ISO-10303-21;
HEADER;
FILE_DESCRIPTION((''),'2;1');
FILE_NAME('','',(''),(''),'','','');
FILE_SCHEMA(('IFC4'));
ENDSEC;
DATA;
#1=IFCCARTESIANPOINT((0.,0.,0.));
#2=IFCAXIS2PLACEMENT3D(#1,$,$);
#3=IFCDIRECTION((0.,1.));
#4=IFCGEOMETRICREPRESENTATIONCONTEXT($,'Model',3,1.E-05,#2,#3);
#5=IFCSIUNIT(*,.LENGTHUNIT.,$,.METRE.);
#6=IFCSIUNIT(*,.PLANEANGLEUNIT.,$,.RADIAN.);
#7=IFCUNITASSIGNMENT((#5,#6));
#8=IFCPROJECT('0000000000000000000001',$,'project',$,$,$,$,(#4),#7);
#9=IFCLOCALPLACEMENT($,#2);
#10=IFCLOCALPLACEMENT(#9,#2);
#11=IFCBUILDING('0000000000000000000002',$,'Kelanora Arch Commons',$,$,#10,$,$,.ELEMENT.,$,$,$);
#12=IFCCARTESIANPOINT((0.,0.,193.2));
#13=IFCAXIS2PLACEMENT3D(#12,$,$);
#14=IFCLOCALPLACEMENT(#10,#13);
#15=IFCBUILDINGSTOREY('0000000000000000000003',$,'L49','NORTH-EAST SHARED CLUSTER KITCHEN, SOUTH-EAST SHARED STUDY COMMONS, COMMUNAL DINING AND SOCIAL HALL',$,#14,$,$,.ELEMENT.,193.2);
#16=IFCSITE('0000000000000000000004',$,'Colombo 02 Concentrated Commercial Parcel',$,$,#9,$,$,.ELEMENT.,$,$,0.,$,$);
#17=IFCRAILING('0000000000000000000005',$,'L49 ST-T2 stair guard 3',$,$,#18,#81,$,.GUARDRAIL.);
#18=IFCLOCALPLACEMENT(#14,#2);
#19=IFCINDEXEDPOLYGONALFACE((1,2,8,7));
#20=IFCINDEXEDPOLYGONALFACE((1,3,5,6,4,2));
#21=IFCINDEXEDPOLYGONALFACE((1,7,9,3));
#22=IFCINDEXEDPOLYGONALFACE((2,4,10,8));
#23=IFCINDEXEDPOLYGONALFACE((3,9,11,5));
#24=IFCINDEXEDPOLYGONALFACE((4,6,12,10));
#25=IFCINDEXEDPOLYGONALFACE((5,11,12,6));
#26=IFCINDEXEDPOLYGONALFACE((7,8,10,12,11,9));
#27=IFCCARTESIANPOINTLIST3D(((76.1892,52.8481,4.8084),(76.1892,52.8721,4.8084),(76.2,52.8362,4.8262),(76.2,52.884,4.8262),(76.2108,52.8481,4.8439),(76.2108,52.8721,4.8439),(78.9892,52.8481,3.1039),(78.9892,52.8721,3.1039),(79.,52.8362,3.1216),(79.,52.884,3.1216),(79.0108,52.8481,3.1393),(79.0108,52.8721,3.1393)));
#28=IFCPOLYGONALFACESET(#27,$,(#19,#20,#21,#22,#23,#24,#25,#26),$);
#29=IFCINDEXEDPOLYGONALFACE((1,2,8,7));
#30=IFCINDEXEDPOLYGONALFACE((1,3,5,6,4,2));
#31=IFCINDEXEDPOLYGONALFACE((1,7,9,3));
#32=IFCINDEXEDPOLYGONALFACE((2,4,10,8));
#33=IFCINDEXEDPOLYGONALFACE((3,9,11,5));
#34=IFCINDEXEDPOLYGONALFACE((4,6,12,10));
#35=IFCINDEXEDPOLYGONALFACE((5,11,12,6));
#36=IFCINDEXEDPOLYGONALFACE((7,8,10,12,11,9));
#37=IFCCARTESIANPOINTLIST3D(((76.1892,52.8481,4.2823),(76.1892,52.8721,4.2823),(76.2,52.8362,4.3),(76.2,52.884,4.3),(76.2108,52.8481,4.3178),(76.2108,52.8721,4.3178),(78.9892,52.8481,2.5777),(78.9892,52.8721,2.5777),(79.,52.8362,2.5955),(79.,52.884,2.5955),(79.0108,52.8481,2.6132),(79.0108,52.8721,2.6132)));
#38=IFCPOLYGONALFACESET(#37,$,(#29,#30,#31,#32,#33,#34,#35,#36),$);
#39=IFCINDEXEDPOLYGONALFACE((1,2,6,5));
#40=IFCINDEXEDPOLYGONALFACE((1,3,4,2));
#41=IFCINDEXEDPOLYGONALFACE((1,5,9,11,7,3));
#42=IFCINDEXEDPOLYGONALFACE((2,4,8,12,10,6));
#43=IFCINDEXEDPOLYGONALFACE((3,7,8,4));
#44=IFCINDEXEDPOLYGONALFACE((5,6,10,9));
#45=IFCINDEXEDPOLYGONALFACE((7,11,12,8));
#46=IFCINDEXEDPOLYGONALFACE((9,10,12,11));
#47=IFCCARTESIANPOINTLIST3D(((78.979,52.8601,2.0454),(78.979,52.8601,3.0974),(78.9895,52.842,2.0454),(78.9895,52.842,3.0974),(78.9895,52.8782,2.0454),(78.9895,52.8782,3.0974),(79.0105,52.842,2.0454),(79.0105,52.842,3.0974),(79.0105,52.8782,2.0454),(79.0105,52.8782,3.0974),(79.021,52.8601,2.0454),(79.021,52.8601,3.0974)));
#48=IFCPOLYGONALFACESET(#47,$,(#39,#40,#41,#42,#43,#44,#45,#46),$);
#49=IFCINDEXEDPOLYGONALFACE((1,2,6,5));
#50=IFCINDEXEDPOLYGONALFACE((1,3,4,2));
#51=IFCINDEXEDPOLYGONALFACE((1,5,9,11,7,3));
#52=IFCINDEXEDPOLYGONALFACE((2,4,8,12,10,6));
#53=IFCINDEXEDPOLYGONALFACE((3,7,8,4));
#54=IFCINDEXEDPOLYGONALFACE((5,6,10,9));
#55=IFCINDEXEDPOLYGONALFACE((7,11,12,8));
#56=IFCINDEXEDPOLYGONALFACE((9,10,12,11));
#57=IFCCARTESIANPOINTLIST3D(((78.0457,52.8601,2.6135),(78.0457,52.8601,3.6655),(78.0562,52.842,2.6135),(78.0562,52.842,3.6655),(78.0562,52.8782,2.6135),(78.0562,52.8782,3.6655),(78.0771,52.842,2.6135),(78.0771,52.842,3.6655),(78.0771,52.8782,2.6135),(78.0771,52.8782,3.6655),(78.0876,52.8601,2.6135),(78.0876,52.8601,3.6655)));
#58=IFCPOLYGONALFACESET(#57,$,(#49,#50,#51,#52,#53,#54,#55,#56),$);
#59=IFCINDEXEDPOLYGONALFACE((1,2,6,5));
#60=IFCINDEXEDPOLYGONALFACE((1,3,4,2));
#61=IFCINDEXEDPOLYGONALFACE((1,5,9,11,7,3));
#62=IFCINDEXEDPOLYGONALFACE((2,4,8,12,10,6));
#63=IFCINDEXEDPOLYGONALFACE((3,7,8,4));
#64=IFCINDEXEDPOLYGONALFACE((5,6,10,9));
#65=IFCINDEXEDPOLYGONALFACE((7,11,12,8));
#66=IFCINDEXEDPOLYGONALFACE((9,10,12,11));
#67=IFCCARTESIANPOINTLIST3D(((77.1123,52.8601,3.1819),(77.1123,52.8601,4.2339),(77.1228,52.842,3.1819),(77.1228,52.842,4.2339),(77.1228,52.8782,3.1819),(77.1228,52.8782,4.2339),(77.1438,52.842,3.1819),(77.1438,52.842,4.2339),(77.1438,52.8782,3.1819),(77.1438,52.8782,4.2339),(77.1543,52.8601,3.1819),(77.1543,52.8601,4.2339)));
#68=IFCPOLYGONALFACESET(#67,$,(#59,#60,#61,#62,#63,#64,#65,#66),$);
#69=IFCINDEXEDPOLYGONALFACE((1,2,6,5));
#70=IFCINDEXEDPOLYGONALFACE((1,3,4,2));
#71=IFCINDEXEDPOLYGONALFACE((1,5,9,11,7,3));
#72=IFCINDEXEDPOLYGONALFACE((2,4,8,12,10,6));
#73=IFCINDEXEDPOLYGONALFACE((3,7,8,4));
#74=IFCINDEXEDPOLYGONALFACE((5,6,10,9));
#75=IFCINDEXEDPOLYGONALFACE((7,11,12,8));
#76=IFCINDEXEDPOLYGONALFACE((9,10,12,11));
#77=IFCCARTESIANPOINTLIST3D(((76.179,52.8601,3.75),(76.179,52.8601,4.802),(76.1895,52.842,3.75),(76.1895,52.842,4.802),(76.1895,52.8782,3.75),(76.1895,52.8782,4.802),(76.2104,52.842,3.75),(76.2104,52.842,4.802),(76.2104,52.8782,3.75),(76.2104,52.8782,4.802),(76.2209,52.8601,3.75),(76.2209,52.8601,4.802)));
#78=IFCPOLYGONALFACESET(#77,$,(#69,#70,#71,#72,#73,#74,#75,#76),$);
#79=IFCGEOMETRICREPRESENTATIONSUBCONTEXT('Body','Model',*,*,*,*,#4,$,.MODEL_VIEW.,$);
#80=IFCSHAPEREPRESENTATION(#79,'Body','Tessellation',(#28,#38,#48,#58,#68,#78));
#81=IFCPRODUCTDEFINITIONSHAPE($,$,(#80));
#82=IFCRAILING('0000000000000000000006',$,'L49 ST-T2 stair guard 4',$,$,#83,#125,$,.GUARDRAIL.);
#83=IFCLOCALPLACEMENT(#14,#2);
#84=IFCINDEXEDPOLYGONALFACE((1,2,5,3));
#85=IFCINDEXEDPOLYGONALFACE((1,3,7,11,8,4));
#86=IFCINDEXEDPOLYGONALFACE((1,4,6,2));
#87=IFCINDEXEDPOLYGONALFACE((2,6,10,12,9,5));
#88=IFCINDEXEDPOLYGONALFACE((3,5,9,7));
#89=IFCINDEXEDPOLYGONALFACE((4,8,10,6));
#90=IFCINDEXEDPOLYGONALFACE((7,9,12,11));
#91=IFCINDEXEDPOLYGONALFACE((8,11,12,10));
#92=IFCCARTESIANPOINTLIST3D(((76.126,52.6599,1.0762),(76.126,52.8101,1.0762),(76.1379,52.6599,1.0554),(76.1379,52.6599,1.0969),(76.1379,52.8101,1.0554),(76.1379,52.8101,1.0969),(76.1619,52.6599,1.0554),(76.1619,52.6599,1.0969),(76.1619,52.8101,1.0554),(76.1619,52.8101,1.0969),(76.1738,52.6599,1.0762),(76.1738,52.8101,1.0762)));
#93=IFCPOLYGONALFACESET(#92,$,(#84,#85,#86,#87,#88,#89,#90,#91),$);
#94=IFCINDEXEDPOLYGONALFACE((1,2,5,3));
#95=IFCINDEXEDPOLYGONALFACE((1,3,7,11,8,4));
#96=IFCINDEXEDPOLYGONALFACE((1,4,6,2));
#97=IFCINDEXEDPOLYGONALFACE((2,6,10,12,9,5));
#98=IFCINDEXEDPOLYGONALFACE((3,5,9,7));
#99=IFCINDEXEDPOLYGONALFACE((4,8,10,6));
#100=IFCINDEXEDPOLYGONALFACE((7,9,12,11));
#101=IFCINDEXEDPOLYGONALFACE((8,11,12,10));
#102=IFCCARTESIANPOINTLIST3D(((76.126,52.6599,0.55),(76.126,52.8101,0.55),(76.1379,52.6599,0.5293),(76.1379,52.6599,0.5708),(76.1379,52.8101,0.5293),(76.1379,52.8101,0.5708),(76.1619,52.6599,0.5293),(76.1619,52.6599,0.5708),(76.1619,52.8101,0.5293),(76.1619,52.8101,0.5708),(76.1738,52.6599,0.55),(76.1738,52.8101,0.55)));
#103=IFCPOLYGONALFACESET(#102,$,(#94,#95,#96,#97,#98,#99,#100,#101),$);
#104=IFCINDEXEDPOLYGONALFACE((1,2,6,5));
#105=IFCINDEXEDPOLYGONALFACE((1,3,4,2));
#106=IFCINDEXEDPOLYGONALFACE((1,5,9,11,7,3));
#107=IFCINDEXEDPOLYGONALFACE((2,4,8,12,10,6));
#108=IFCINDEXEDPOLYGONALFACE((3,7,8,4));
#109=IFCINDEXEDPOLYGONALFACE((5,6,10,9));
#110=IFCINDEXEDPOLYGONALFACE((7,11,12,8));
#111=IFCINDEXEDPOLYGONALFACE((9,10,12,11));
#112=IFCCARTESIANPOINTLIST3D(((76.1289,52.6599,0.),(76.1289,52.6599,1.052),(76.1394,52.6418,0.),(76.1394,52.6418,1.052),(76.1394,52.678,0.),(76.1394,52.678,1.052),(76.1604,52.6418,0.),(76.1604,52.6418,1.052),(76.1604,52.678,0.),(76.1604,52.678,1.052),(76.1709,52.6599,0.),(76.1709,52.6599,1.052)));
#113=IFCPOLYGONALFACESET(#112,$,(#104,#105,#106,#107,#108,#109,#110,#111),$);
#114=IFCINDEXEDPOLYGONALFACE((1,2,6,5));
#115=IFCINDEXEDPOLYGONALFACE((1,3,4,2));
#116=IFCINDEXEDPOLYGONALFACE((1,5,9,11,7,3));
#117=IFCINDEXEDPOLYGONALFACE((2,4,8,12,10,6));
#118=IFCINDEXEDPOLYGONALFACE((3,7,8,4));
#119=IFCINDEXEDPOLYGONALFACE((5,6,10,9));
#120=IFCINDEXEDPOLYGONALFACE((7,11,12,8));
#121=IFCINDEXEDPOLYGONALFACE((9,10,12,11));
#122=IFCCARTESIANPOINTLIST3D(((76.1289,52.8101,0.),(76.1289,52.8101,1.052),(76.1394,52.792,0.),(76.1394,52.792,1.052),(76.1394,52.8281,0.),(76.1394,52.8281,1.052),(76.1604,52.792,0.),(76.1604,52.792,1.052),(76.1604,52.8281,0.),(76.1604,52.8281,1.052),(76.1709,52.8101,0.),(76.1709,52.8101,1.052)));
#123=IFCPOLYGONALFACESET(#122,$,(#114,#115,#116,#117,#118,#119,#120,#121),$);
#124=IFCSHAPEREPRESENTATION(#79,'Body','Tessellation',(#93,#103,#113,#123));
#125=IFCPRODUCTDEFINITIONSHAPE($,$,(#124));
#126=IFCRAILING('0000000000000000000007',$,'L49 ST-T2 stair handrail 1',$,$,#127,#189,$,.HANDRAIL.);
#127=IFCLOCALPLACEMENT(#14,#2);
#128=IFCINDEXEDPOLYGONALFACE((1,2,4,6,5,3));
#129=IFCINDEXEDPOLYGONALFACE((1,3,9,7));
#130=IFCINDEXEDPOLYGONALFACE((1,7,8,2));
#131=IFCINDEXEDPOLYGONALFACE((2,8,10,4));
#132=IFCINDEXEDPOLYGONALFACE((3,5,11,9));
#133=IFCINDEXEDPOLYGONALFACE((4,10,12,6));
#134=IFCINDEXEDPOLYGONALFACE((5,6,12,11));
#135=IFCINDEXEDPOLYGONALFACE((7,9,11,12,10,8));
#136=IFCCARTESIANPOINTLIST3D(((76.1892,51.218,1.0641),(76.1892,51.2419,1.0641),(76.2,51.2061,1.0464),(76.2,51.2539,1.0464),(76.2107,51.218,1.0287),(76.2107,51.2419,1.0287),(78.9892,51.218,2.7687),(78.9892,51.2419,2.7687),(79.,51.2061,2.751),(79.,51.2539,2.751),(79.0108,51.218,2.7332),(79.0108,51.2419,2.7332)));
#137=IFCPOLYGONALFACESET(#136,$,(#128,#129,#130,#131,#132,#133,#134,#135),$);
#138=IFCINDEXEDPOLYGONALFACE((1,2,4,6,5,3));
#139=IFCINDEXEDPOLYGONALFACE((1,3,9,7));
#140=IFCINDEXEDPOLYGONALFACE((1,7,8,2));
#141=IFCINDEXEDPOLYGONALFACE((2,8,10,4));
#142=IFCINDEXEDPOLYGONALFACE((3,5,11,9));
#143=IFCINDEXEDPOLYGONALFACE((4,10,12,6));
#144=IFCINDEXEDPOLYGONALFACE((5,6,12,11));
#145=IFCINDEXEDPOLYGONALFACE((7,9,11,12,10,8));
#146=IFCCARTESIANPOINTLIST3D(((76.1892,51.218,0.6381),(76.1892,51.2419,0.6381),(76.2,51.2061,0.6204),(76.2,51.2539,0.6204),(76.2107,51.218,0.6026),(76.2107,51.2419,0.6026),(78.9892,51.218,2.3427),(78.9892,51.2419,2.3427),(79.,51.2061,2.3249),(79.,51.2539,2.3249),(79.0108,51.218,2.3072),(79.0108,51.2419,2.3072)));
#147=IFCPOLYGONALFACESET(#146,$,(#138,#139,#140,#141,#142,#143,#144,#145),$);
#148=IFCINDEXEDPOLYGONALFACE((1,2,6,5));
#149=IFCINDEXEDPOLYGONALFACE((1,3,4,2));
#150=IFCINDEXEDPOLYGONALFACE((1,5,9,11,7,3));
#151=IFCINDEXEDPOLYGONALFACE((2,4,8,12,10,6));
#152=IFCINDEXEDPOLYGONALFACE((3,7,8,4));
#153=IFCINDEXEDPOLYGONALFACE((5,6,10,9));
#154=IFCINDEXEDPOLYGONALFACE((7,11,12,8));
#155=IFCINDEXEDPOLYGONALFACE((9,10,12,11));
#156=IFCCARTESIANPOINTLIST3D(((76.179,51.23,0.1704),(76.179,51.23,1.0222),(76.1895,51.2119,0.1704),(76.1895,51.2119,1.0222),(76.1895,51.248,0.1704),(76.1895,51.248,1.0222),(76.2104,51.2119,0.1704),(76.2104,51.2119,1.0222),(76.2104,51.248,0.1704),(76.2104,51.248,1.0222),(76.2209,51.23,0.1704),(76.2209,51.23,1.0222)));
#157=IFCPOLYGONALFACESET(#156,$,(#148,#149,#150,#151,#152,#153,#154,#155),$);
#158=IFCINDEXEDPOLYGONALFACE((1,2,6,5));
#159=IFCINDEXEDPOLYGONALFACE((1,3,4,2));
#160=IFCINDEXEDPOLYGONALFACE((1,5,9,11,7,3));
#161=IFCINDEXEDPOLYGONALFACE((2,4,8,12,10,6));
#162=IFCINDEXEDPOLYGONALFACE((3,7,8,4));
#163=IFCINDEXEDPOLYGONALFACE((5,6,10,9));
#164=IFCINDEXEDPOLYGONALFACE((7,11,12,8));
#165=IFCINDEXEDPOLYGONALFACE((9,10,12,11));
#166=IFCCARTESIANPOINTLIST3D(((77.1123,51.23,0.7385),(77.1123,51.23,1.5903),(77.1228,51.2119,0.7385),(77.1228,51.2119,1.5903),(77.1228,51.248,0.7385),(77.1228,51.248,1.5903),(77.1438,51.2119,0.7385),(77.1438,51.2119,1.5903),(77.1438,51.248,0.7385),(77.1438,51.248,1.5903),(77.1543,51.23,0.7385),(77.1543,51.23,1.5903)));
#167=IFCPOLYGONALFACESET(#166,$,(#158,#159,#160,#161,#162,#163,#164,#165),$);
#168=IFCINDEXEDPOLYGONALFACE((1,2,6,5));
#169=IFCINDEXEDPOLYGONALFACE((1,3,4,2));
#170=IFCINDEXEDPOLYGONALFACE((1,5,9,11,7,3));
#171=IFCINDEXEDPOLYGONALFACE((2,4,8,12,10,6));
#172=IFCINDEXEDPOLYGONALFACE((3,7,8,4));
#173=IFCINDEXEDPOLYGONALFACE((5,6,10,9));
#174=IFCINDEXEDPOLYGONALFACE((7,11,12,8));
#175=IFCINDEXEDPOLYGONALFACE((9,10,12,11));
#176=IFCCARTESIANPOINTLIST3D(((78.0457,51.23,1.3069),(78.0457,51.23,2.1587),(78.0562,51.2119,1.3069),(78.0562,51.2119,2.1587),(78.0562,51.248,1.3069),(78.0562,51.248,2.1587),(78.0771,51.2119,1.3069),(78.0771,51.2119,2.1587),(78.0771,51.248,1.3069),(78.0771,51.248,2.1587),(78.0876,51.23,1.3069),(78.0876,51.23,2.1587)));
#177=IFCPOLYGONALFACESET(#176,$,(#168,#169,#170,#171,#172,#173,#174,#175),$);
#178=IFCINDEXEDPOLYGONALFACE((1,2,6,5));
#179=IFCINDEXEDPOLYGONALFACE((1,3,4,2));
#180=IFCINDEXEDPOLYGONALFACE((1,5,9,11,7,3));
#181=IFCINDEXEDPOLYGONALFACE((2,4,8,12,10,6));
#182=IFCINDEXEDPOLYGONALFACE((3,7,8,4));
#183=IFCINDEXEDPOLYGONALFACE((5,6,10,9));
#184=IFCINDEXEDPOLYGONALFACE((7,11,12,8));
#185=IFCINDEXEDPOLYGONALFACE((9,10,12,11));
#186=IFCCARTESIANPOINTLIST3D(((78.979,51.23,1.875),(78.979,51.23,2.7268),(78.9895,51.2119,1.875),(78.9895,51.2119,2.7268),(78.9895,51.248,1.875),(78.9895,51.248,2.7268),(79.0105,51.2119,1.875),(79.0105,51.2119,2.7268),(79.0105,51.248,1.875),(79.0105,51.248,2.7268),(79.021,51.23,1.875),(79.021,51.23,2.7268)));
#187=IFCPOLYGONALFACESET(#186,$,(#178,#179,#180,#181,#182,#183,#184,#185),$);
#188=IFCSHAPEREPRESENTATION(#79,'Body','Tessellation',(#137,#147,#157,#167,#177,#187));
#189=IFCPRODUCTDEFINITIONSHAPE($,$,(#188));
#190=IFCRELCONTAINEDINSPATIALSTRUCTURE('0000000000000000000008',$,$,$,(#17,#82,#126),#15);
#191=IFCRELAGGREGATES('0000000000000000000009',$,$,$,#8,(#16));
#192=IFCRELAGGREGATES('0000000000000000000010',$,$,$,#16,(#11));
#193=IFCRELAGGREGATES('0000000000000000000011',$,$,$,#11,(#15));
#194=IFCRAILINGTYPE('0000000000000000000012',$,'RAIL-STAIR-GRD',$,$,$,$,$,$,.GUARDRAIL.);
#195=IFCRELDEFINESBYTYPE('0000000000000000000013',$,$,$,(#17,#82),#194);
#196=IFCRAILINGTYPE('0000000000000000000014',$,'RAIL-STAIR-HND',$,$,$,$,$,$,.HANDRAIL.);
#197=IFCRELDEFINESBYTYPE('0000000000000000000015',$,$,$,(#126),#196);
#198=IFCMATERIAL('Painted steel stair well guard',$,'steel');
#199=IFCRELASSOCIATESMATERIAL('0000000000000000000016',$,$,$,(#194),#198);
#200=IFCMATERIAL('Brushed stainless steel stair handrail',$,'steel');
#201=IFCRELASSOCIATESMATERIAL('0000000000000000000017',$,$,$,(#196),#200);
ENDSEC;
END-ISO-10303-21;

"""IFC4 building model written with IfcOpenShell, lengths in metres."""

from ifc_helpers import new_model, si_unit, direction, frame, origin, place, context, subcontext, project, spatial, polyline, outline, extrude, material, type_object, element, save


model = new_model("IFC4")

# Units and contexts
model_context = context("Model", 3, precision=1e-05, world=origin(), true_north=direction((0.0, 1.0)))
body_context = subcontext(model_context, "Body", "Model", "MODEL_VIEW")
ifc_project = project(units=[si_unit("LENGTHUNIT", "METRE"), si_unit("PLANEANGLEUNIT", "RADIAN")], contexts=[model_context])

# Site, building, storey
site_placement = place(None, origin())
site = spatial("IfcSite", under=ifc_project, at=site_placement, Name="Colombo 02 Concentrated Commercial Parcel", CompositionType="ELEMENT", RefElevation=0.0)
building_placement = place(site_placement, origin())
building = spatial("IfcBuilding", under=site, at=building_placement, Name="Kelanora Arch Commons", CompositionType="ELEMENT")
storey_placement = place(building_placement, frame((0.0, 0.0, 193.2)))
storey = spatial("IfcBuildingStorey", under=building, at=storey_placement, Name="L49", Description="NORTH-EAST SHARED CLUSTER KITCHEN, SOUTH-EAST SHARED STUDY COMMONS, COMMUNAL DINING AND SOCIAL HALL", CompositionType="ELEMENT", Elevation=193.2)

# Railings
ifc_material_1 = material(Name="Painted steel stair well guard", Category="steel")
railing_type_1 = type_object("IfcRailingType", Name="RAIL-STAIR-GRD", PredefinedType="GUARDRAIL", material=ifc_material_1)
railing_1_placement = place(storey_placement, frame((79.0, 52.8601, 2.0454)))
element("IfcRailing", 1, at=railing_1_placement, inside=storey, type_object=railing_type_1, Name="L49 ST-T2 stair guard 3", PredefinedType="GUARDRAIL", context=body_context, shape_type="SweptSolid", body=[
    extrude(outline(polyline([(0.0239, 0.0), (0.012, 0.0208), (-0.012, 0.0208), (-0.0239, 0.0), (-0.012, -0.0208), (0.012, -0.0208), (0.0239, 0.0)])), frame((0.0, 0.0, 1.0762), z_axis=(-0.85417, 0.0, 0.519994), x_axis=(0.0, -1.0, 0.0)), (0.0, 0.0, 1.0), 3.2781),
    extrude(outline(polyline([(0.0239, 0.0), (0.012, 0.0208), (-0.012, 0.0208), (-0.0239, 0.0), (-0.012, -0.0208), (0.012, -0.0208), (0.0239, 0.0)])), frame((0.0, 0.0, 0.55), z_axis=(-0.85417, 0.0, 0.519994), x_axis=(0.0, -1.0, 0.0)), (0.0, 0.0, 1.0), 3.2781),
    extrude(outline(polyline([(0.021, 0.0), (0.0105, 0.0181), (-0.0105, 0.0181), (-0.021, 0.0), (-0.0105, -0.0181), (0.0105, -0.0181), (0.021, 0.0)])), origin(), (0.0, 0.0, 1.0), 1.052),
    extrude(outline(polyline([(0.021, 0.0), (0.0105, 0.0181), (-0.0105, 0.0181), (-0.021, 0.0), (-0.0105, -0.0181), (0.0105, -0.0181), (0.021, 0.0)])), frame((-0.9333, 0.0, 0.5681)), (0.0, 0.0, 1.0), 1.052),
    extrude(outline(polyline([(0.021, 0.0), (0.0105, 0.0181), (-0.0105, 0.0181), (-0.021, 0.0), (-0.0105, -0.0181), (0.0105, -0.0181), (0.021, 0.0)])), frame((-1.8667, 0.0, 1.1365)), (0.0, 0.0, 1.0), 1.052),
    extrude(outline(polyline([(0.021, 0.0), (0.0105, 0.0181), (-0.0105, 0.0181), (-0.021, 0.0), (-0.0105, -0.0181), (0.0105, -0.0181), (0.021, 0.0)])), frame((-2.8, 0.0, 1.7046)), (0.0, 0.0, 1.0), 1.052),
])
railing_2_placement = place(storey_placement, frame((76.1499, 52.6599, 0.0)))
element("IfcRailing", 2, at=railing_2_placement, inside=storey, type_object=railing_type_1, Name="L49 ST-T2 stair guard 4", PredefinedType="GUARDRAIL", context=body_context, shape_type="SweptSolid", body=[
    extrude(outline(polyline([(0.0239, 0.0), (0.012, 0.0208), (-0.012, 0.0208), (-0.0239, 0.0), (-0.012, -0.0208), (0.012, -0.0208), (0.0239, 0.0)])), frame((0.0, 0.0, 1.0762), z_axis=(0.0, 1.0, 0.0), x_axis=(-1.0, 0.0, 0.0)), (0.0, 0.0, 1.0), 0.1501),
    extrude(outline(polyline([(0.0239, 0.0), (0.012, 0.0208), (-0.012, 0.0208), (-0.0239, 0.0), (-0.012, -0.0208), (0.012, -0.0208), (0.0239, 0.0)])), frame((0.0, 0.0, 0.55), z_axis=(0.0, 1.0, 0.0), x_axis=(-1.0, 0.0, 0.0)), (0.0, 0.0, 1.0), 0.1501),
    extrude(outline(polyline([(0.021, 0.0), (0.0105, 0.0181), (-0.0105, 0.0181), (-0.021, 0.0), (-0.0105, -0.0181), (0.0105, -0.0181), (0.021, 0.0)])), origin(), (0.0, 0.0, 1.0), 1.052),
    extrude(outline(polyline([(0.021, 0.0), (0.0105, 0.0181), (-0.0105, 0.0181), (-0.021, 0.0), (-0.0105, -0.0181), (0.0105, -0.0181), (0.021, 0.0)])), frame((0.0, 0.1501, 0.0)), (0.0, 0.0, 1.0), 1.052),
])
ifc_material_2 = material(Name="Brushed stainless steel stair handrail", Category="steel")
railing_type_2 = type_object("IfcRailingType", Name="RAIL-STAIR-HND", PredefinedType="HANDRAIL", material=ifc_material_2)
railing_3_placement = place(storey_placement, frame((76.2, 51.23, 0.1704)))
element("IfcRailing", 3, at=railing_3_placement, inside=storey, type_object=railing_type_2, Name="L49 ST-T2 stair handrail 1", PredefinedType="HANDRAIL", context=body_context, shape_type="SweptSolid", body=[
    extrude(outline(polyline([(0.0239, 0.0), (0.012, 0.0208), (-0.012, 0.0208), (-0.0239, 0.0), (-0.012, -0.0208), (0.012, -0.0208), (0.0239, 0.0)])), frame((0.0, 0.0, 0.876), z_axis=(0.85417, 0.0, 0.519994), x_axis=(0.0, 1.0, 0.0)), (0.0, 0.0, 1.0), 3.2781),
    extrude(outline(polyline([(0.0239, 0.0), (0.012, 0.0208), (-0.012, 0.0208), (-0.0239, 0.0), (-0.012, -0.0208), (0.012, -0.0208), (0.0239, 0.0)])), frame((0.0, 0.0, 0.45), z_axis=(0.85417, 0.0, 0.519994), x_axis=(0.0, 1.0, 0.0)), (0.0, 0.0, 1.0), 3.2781),
    extrude(outline(polyline([(0.021, 0.0), (0.0105, 0.0181), (-0.0105, 0.0181), (-0.021, 0.0), (-0.0105, -0.0181), (0.0105, -0.0181), (0.021, 0.0)])), origin(), (0.0, 0.0, 1.0), 0.8518),
    extrude(outline(polyline([(0.021, 0.0), (0.0105, 0.0181), (-0.0105, 0.0181), (-0.021, 0.0), (-0.0105, -0.0181), (0.0105, -0.0181), (0.021, 0.0)])), frame((0.9333, 0.0, 0.5681)), (0.0, 0.0, 1.0), 0.8518),
    extrude(outline(polyline([(0.021, 0.0), (0.0105, 0.0181), (-0.0105, 0.0181), (-0.021, 0.0), (-0.0105, -0.0181), (0.0105, -0.0181), (0.021, 0.0)])), frame((1.8667, 0.0, 1.1365)), (0.0, 0.0, 1.0), 0.8518),
    extrude(outline(polyline([(0.021, 0.0), (0.0105, 0.0181), (-0.0105, 0.0181), (-0.021, 0.0), (-0.0105, -0.0181), (0.0105, -0.0181), (0.021, 0.0)])), frame((2.8, 0.0, 1.7046)), (0.0, 0.0, 1.0), 0.8518),
])

save(model, "model.ifc")
